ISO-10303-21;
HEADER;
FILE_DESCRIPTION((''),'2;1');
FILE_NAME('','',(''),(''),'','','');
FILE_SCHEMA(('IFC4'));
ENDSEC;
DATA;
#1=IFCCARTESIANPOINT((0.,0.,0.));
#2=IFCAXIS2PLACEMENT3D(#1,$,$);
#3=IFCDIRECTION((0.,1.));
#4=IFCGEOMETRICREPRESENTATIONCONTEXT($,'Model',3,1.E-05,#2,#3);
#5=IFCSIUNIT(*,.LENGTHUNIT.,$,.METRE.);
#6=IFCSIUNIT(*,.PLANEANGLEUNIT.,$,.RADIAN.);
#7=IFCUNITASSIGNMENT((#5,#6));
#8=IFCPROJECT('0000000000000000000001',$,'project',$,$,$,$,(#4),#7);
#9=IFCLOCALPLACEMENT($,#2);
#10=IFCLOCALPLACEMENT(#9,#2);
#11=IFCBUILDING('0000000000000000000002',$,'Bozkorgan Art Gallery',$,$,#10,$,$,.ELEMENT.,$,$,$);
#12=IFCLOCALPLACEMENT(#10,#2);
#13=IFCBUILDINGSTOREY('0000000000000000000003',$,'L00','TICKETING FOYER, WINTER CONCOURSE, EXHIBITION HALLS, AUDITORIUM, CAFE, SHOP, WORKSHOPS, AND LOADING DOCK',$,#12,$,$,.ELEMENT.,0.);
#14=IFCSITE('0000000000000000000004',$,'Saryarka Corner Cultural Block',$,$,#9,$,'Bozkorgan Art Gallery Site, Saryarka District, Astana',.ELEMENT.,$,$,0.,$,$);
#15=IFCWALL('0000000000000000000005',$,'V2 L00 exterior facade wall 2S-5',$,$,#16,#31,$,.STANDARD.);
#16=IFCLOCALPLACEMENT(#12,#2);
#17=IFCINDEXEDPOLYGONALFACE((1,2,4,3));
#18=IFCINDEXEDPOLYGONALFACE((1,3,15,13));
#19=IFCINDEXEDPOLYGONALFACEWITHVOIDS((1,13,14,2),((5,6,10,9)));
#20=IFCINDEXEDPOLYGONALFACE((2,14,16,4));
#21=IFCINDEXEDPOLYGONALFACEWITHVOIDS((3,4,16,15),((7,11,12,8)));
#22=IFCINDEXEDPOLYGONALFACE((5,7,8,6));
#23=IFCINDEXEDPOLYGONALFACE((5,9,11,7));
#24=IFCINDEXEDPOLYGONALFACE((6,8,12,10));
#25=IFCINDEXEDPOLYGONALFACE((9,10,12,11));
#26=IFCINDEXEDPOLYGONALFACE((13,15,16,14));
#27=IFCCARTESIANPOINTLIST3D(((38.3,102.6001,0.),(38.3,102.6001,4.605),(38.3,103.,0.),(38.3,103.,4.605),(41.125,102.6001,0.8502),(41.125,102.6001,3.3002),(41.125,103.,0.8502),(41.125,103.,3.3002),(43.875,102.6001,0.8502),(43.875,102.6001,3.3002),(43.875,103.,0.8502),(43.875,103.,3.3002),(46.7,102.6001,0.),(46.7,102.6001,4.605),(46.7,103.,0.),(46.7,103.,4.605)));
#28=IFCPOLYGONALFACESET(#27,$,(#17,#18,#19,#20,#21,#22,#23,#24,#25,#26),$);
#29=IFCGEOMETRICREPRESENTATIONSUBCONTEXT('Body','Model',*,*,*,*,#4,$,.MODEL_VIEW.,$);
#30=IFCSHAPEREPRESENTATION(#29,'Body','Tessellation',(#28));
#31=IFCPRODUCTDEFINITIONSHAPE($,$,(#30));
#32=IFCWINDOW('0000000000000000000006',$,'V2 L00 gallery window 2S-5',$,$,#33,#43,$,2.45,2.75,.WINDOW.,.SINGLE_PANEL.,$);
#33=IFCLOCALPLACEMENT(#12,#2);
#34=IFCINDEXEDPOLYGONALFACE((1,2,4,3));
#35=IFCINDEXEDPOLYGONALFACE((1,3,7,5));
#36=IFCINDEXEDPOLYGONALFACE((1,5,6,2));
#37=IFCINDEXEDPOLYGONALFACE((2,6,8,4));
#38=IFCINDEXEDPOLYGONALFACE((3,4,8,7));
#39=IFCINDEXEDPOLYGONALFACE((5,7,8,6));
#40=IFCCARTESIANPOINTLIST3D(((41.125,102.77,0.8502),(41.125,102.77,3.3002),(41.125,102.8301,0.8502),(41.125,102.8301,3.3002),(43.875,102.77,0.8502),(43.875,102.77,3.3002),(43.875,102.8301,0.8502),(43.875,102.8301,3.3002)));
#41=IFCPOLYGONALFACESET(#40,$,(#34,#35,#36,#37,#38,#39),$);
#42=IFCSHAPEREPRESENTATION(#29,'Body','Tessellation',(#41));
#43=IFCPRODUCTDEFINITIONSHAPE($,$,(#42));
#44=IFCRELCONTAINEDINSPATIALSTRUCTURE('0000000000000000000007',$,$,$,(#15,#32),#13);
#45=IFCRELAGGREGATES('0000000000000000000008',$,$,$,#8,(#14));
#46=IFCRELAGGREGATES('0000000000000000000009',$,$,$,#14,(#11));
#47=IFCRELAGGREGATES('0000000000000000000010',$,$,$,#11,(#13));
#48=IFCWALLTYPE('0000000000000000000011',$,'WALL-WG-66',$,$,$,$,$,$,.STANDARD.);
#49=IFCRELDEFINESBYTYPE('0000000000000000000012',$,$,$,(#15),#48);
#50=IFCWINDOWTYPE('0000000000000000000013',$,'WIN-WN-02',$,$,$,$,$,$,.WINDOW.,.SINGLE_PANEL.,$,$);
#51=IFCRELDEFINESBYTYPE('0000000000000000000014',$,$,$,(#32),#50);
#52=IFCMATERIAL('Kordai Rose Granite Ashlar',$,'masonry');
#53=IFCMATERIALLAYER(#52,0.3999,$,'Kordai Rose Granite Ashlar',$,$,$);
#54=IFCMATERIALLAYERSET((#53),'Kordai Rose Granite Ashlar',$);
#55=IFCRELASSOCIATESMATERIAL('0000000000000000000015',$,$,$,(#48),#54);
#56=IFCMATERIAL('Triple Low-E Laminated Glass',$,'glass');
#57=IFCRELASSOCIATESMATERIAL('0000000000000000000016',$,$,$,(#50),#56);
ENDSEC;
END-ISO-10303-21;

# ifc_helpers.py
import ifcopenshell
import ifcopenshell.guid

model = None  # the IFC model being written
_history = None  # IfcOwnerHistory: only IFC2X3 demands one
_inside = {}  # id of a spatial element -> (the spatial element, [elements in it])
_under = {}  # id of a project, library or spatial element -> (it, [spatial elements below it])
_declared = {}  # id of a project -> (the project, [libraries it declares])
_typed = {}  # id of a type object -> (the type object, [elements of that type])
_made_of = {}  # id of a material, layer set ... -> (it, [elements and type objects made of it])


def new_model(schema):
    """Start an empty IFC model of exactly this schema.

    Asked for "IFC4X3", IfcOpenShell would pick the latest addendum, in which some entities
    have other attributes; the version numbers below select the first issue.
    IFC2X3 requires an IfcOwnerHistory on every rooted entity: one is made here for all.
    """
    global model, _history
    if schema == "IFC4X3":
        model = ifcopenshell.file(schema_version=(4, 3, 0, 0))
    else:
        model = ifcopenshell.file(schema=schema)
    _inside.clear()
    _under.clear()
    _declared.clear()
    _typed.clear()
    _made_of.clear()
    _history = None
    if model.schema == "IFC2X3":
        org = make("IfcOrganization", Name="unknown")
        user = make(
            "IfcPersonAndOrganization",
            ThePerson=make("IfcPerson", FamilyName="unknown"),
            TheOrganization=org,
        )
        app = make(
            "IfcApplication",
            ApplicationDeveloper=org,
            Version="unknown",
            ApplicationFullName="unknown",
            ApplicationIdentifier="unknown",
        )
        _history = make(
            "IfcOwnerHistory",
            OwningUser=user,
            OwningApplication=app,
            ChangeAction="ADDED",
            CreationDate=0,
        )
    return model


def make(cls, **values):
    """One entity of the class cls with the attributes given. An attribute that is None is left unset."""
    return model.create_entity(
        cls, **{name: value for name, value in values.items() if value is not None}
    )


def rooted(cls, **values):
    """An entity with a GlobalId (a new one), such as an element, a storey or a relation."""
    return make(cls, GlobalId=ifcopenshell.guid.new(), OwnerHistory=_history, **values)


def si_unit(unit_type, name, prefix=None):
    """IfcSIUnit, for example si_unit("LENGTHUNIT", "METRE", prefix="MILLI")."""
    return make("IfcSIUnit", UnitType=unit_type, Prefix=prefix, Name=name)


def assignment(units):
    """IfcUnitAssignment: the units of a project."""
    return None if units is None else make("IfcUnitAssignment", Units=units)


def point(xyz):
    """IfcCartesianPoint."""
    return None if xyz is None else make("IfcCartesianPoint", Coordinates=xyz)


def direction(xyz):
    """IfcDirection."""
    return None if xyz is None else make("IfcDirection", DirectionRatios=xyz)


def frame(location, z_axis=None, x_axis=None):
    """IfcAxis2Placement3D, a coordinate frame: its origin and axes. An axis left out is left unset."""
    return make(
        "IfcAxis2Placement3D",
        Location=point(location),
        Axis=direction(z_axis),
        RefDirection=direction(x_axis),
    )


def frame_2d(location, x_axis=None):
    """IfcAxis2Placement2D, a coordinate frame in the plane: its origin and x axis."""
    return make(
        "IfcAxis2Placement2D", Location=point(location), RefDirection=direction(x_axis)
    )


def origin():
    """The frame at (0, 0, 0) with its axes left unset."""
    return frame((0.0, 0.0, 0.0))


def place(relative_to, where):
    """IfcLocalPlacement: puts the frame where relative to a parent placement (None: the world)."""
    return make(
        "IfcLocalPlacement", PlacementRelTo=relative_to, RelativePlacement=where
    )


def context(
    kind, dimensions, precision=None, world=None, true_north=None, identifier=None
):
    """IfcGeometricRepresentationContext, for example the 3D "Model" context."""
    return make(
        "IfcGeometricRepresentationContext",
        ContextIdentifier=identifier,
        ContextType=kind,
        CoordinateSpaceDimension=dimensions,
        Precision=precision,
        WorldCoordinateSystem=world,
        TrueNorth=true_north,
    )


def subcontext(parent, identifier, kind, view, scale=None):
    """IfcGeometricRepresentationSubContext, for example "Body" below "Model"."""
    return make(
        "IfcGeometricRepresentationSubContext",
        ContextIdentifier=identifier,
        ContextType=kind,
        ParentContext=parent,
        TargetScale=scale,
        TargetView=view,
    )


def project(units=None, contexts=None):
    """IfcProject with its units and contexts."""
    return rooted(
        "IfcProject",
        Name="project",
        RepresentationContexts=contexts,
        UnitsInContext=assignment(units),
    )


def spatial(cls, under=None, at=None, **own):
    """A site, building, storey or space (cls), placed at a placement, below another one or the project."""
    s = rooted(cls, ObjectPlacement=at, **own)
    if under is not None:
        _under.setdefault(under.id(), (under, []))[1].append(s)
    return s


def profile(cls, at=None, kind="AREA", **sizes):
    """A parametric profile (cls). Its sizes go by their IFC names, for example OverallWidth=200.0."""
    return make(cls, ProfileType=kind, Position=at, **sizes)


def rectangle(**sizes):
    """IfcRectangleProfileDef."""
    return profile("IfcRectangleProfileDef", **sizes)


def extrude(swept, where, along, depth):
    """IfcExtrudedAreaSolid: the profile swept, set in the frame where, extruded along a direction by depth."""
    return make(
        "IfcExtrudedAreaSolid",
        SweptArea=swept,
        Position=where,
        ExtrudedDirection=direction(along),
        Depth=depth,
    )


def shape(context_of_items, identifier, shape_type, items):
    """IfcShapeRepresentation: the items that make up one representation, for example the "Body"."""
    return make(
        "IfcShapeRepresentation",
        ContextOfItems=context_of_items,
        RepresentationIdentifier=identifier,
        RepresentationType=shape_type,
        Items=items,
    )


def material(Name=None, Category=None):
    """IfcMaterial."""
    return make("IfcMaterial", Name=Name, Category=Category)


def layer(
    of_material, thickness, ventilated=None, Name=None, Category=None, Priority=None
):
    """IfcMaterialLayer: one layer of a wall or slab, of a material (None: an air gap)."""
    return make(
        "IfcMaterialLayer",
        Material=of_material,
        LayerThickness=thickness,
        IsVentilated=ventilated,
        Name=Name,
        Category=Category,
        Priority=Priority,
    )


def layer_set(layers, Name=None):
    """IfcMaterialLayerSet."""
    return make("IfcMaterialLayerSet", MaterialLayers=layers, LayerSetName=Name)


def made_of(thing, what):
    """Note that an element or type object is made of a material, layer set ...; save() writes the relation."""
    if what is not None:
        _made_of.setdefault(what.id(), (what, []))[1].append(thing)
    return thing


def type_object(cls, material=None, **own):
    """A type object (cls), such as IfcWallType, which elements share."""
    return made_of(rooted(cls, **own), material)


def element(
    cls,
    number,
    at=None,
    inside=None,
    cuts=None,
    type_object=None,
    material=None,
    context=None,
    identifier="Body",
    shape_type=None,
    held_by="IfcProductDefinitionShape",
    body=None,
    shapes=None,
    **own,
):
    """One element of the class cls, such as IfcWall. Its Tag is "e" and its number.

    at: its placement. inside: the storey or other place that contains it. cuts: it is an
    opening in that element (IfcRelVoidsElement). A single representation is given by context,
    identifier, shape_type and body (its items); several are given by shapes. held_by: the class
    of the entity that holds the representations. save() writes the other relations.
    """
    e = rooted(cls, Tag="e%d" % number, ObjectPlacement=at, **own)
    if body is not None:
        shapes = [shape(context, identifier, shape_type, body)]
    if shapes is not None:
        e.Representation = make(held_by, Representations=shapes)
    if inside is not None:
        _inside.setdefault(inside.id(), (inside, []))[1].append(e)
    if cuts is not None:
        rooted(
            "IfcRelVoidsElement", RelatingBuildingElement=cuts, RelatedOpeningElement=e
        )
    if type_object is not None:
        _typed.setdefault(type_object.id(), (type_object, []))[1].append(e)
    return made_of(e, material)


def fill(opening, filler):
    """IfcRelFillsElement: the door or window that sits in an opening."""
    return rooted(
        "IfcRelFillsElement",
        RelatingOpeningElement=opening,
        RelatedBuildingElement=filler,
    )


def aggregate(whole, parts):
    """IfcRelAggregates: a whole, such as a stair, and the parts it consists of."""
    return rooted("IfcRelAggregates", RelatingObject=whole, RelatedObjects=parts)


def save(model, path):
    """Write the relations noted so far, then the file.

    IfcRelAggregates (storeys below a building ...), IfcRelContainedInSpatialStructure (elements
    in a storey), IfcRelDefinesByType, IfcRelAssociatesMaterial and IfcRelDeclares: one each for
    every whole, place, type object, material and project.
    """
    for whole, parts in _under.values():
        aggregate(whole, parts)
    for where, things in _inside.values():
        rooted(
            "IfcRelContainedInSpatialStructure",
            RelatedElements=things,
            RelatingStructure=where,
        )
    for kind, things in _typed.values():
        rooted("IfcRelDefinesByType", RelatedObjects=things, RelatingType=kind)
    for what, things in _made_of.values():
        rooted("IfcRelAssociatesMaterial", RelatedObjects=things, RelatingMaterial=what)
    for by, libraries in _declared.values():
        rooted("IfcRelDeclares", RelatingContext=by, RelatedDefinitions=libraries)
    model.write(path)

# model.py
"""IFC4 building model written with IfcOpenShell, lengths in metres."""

from ifc_helpers import new_model, si_unit, direction, frame, frame_2d, origin, place, context, subcontext, project, spatial, rectangle, extrude, material, layer, layer_set, type_object, element, fill, save


model = new_model("IFC4")

# Units and contexts
model_context = context("Model", 3, precision=1e-05, world=origin(), true_north=direction((0.0, 1.0)))
body_context = subcontext(model_context, "Body", "Model", "MODEL_VIEW")
ifc_project = project(units=[si_unit("LENGTHUNIT", "METRE"), si_unit("PLANEANGLEUNIT", "RADIAN")], contexts=[model_context])

# Site, building, storey
site_placement = place(None, origin())
site = spatial("IfcSite", under=ifc_project, at=site_placement, Name="Saryarka Corner Cultural Block", LongName="Bozkorgan Art Gallery Site, Saryarka District, Astana", CompositionType="ELEMENT", RefElevation=0.0)
building_placement = place(site_placement, origin())
building = spatial("IfcBuilding", under=site, at=building_placement, Name="Bozkorgan Art Gallery", CompositionType="ELEMENT")
storey_placement = place(building_placement, origin())
storey = spatial("IfcBuildingStorey", under=building, at=storey_placement, Name="L00", Description="TICKETING FOYER, WINTER CONCOURSE, EXHIBITION HALLS, AUDITORIUM, CAFE, SHOP, WORKSHOPS, AND LOADING DOCK", CompositionType="ELEMENT", Elevation=0.0)

# Wall, opening, window
ifc_material_1 = material(Name="Kordai Rose Granite Ashlar", Category="masonry")
ifc_material_2 = material(Name="Triple Low-E Laminated Glass", Category="glass")
ifc_layer_1 = layer(ifc_material_1, 0.3999, Name="Kordai Rose Granite Ashlar")
ifc_layer_set_1 = layer_set([ifc_layer_1], Name="Kordai Rose Granite Ashlar")
wall_type_1 = type_object("IfcWallType", Name="WALL-WG-66", PredefinedType="STANDARD", material=ifc_layer_set_1)
wall_1_placement = place(storey_placement, frame((38.3, 102.8, 0.0), z_axis=(0.0, 0.0, 1.0), x_axis=(1.0, 0.0, 0.0)))
wall_1 = element("IfcWall", 1, at=wall_1_placement, inside=storey, type_object=wall_type_1, Name="V2 L00 exterior facade wall 2S-5", PredefinedType="STANDARD", context=body_context, shape_type="SweptSolid", body=[
    extrude(rectangle(XDim=8.3999, YDim=0.3999, at=frame_2d((4.2, 0.0))), origin(), (0.0, 0.0, 1.0), 4.605),
])
opening_1_placement = place(wall_1_placement, frame((5.575, 0.0, 0.8501), z_axis=(0.0, 0.0, 1.0), x_axis=(-1.0, 0.0, 0.0)))
opening_1 = element("IfcOpeningElement", 2, at=opening_1_placement, cuts=wall_1, PredefinedType="OPENING", context=body_context, shape_type="SweptSolid", body=[
    extrude(rectangle(XDim=2.75, YDim=2.45, at=frame_2d((1.375, 1.2251))), frame((0.0, 0.21, 0.0), z_axis=(0.0, -1.0, 0.0), x_axis=(1.0, 0.0, 0.0)), (0.0, 0.0, 1.0), 0.4199),
])
window_type_1 = type_object("IfcWindowType", Name="WIN-WN-02", PartitioningType="SINGLE_PANEL", PredefinedType="WINDOW", material=ifc_material_2)
window_1_placement = place(opening_1_placement, origin())
window_1 = element("IfcWindow", 3, at=window_1_placement, inside=storey, type_object=window_type_1, Name="V2 L00 gallery window 2S-5", OverallHeight=2.45, OverallWidth=2.75, PartitioningType="SINGLE_PANEL", PredefinedType="WINDOW", context=body_context, shape_type="SweptSolid", body=[
    extrude(rectangle(XDim=2.75, YDim=2.45, at=frame_2d((1.375, 1.2251))), frame((0.0, 0.03, 0.0), z_axis=(0.0, -1.0, 0.0), x_axis=(1.0, 0.0, 0.0)), (0.0, 0.0, 1.0), 0.0601),
])
fill(opening_1, window_1)

save(model, "model.ifc")
